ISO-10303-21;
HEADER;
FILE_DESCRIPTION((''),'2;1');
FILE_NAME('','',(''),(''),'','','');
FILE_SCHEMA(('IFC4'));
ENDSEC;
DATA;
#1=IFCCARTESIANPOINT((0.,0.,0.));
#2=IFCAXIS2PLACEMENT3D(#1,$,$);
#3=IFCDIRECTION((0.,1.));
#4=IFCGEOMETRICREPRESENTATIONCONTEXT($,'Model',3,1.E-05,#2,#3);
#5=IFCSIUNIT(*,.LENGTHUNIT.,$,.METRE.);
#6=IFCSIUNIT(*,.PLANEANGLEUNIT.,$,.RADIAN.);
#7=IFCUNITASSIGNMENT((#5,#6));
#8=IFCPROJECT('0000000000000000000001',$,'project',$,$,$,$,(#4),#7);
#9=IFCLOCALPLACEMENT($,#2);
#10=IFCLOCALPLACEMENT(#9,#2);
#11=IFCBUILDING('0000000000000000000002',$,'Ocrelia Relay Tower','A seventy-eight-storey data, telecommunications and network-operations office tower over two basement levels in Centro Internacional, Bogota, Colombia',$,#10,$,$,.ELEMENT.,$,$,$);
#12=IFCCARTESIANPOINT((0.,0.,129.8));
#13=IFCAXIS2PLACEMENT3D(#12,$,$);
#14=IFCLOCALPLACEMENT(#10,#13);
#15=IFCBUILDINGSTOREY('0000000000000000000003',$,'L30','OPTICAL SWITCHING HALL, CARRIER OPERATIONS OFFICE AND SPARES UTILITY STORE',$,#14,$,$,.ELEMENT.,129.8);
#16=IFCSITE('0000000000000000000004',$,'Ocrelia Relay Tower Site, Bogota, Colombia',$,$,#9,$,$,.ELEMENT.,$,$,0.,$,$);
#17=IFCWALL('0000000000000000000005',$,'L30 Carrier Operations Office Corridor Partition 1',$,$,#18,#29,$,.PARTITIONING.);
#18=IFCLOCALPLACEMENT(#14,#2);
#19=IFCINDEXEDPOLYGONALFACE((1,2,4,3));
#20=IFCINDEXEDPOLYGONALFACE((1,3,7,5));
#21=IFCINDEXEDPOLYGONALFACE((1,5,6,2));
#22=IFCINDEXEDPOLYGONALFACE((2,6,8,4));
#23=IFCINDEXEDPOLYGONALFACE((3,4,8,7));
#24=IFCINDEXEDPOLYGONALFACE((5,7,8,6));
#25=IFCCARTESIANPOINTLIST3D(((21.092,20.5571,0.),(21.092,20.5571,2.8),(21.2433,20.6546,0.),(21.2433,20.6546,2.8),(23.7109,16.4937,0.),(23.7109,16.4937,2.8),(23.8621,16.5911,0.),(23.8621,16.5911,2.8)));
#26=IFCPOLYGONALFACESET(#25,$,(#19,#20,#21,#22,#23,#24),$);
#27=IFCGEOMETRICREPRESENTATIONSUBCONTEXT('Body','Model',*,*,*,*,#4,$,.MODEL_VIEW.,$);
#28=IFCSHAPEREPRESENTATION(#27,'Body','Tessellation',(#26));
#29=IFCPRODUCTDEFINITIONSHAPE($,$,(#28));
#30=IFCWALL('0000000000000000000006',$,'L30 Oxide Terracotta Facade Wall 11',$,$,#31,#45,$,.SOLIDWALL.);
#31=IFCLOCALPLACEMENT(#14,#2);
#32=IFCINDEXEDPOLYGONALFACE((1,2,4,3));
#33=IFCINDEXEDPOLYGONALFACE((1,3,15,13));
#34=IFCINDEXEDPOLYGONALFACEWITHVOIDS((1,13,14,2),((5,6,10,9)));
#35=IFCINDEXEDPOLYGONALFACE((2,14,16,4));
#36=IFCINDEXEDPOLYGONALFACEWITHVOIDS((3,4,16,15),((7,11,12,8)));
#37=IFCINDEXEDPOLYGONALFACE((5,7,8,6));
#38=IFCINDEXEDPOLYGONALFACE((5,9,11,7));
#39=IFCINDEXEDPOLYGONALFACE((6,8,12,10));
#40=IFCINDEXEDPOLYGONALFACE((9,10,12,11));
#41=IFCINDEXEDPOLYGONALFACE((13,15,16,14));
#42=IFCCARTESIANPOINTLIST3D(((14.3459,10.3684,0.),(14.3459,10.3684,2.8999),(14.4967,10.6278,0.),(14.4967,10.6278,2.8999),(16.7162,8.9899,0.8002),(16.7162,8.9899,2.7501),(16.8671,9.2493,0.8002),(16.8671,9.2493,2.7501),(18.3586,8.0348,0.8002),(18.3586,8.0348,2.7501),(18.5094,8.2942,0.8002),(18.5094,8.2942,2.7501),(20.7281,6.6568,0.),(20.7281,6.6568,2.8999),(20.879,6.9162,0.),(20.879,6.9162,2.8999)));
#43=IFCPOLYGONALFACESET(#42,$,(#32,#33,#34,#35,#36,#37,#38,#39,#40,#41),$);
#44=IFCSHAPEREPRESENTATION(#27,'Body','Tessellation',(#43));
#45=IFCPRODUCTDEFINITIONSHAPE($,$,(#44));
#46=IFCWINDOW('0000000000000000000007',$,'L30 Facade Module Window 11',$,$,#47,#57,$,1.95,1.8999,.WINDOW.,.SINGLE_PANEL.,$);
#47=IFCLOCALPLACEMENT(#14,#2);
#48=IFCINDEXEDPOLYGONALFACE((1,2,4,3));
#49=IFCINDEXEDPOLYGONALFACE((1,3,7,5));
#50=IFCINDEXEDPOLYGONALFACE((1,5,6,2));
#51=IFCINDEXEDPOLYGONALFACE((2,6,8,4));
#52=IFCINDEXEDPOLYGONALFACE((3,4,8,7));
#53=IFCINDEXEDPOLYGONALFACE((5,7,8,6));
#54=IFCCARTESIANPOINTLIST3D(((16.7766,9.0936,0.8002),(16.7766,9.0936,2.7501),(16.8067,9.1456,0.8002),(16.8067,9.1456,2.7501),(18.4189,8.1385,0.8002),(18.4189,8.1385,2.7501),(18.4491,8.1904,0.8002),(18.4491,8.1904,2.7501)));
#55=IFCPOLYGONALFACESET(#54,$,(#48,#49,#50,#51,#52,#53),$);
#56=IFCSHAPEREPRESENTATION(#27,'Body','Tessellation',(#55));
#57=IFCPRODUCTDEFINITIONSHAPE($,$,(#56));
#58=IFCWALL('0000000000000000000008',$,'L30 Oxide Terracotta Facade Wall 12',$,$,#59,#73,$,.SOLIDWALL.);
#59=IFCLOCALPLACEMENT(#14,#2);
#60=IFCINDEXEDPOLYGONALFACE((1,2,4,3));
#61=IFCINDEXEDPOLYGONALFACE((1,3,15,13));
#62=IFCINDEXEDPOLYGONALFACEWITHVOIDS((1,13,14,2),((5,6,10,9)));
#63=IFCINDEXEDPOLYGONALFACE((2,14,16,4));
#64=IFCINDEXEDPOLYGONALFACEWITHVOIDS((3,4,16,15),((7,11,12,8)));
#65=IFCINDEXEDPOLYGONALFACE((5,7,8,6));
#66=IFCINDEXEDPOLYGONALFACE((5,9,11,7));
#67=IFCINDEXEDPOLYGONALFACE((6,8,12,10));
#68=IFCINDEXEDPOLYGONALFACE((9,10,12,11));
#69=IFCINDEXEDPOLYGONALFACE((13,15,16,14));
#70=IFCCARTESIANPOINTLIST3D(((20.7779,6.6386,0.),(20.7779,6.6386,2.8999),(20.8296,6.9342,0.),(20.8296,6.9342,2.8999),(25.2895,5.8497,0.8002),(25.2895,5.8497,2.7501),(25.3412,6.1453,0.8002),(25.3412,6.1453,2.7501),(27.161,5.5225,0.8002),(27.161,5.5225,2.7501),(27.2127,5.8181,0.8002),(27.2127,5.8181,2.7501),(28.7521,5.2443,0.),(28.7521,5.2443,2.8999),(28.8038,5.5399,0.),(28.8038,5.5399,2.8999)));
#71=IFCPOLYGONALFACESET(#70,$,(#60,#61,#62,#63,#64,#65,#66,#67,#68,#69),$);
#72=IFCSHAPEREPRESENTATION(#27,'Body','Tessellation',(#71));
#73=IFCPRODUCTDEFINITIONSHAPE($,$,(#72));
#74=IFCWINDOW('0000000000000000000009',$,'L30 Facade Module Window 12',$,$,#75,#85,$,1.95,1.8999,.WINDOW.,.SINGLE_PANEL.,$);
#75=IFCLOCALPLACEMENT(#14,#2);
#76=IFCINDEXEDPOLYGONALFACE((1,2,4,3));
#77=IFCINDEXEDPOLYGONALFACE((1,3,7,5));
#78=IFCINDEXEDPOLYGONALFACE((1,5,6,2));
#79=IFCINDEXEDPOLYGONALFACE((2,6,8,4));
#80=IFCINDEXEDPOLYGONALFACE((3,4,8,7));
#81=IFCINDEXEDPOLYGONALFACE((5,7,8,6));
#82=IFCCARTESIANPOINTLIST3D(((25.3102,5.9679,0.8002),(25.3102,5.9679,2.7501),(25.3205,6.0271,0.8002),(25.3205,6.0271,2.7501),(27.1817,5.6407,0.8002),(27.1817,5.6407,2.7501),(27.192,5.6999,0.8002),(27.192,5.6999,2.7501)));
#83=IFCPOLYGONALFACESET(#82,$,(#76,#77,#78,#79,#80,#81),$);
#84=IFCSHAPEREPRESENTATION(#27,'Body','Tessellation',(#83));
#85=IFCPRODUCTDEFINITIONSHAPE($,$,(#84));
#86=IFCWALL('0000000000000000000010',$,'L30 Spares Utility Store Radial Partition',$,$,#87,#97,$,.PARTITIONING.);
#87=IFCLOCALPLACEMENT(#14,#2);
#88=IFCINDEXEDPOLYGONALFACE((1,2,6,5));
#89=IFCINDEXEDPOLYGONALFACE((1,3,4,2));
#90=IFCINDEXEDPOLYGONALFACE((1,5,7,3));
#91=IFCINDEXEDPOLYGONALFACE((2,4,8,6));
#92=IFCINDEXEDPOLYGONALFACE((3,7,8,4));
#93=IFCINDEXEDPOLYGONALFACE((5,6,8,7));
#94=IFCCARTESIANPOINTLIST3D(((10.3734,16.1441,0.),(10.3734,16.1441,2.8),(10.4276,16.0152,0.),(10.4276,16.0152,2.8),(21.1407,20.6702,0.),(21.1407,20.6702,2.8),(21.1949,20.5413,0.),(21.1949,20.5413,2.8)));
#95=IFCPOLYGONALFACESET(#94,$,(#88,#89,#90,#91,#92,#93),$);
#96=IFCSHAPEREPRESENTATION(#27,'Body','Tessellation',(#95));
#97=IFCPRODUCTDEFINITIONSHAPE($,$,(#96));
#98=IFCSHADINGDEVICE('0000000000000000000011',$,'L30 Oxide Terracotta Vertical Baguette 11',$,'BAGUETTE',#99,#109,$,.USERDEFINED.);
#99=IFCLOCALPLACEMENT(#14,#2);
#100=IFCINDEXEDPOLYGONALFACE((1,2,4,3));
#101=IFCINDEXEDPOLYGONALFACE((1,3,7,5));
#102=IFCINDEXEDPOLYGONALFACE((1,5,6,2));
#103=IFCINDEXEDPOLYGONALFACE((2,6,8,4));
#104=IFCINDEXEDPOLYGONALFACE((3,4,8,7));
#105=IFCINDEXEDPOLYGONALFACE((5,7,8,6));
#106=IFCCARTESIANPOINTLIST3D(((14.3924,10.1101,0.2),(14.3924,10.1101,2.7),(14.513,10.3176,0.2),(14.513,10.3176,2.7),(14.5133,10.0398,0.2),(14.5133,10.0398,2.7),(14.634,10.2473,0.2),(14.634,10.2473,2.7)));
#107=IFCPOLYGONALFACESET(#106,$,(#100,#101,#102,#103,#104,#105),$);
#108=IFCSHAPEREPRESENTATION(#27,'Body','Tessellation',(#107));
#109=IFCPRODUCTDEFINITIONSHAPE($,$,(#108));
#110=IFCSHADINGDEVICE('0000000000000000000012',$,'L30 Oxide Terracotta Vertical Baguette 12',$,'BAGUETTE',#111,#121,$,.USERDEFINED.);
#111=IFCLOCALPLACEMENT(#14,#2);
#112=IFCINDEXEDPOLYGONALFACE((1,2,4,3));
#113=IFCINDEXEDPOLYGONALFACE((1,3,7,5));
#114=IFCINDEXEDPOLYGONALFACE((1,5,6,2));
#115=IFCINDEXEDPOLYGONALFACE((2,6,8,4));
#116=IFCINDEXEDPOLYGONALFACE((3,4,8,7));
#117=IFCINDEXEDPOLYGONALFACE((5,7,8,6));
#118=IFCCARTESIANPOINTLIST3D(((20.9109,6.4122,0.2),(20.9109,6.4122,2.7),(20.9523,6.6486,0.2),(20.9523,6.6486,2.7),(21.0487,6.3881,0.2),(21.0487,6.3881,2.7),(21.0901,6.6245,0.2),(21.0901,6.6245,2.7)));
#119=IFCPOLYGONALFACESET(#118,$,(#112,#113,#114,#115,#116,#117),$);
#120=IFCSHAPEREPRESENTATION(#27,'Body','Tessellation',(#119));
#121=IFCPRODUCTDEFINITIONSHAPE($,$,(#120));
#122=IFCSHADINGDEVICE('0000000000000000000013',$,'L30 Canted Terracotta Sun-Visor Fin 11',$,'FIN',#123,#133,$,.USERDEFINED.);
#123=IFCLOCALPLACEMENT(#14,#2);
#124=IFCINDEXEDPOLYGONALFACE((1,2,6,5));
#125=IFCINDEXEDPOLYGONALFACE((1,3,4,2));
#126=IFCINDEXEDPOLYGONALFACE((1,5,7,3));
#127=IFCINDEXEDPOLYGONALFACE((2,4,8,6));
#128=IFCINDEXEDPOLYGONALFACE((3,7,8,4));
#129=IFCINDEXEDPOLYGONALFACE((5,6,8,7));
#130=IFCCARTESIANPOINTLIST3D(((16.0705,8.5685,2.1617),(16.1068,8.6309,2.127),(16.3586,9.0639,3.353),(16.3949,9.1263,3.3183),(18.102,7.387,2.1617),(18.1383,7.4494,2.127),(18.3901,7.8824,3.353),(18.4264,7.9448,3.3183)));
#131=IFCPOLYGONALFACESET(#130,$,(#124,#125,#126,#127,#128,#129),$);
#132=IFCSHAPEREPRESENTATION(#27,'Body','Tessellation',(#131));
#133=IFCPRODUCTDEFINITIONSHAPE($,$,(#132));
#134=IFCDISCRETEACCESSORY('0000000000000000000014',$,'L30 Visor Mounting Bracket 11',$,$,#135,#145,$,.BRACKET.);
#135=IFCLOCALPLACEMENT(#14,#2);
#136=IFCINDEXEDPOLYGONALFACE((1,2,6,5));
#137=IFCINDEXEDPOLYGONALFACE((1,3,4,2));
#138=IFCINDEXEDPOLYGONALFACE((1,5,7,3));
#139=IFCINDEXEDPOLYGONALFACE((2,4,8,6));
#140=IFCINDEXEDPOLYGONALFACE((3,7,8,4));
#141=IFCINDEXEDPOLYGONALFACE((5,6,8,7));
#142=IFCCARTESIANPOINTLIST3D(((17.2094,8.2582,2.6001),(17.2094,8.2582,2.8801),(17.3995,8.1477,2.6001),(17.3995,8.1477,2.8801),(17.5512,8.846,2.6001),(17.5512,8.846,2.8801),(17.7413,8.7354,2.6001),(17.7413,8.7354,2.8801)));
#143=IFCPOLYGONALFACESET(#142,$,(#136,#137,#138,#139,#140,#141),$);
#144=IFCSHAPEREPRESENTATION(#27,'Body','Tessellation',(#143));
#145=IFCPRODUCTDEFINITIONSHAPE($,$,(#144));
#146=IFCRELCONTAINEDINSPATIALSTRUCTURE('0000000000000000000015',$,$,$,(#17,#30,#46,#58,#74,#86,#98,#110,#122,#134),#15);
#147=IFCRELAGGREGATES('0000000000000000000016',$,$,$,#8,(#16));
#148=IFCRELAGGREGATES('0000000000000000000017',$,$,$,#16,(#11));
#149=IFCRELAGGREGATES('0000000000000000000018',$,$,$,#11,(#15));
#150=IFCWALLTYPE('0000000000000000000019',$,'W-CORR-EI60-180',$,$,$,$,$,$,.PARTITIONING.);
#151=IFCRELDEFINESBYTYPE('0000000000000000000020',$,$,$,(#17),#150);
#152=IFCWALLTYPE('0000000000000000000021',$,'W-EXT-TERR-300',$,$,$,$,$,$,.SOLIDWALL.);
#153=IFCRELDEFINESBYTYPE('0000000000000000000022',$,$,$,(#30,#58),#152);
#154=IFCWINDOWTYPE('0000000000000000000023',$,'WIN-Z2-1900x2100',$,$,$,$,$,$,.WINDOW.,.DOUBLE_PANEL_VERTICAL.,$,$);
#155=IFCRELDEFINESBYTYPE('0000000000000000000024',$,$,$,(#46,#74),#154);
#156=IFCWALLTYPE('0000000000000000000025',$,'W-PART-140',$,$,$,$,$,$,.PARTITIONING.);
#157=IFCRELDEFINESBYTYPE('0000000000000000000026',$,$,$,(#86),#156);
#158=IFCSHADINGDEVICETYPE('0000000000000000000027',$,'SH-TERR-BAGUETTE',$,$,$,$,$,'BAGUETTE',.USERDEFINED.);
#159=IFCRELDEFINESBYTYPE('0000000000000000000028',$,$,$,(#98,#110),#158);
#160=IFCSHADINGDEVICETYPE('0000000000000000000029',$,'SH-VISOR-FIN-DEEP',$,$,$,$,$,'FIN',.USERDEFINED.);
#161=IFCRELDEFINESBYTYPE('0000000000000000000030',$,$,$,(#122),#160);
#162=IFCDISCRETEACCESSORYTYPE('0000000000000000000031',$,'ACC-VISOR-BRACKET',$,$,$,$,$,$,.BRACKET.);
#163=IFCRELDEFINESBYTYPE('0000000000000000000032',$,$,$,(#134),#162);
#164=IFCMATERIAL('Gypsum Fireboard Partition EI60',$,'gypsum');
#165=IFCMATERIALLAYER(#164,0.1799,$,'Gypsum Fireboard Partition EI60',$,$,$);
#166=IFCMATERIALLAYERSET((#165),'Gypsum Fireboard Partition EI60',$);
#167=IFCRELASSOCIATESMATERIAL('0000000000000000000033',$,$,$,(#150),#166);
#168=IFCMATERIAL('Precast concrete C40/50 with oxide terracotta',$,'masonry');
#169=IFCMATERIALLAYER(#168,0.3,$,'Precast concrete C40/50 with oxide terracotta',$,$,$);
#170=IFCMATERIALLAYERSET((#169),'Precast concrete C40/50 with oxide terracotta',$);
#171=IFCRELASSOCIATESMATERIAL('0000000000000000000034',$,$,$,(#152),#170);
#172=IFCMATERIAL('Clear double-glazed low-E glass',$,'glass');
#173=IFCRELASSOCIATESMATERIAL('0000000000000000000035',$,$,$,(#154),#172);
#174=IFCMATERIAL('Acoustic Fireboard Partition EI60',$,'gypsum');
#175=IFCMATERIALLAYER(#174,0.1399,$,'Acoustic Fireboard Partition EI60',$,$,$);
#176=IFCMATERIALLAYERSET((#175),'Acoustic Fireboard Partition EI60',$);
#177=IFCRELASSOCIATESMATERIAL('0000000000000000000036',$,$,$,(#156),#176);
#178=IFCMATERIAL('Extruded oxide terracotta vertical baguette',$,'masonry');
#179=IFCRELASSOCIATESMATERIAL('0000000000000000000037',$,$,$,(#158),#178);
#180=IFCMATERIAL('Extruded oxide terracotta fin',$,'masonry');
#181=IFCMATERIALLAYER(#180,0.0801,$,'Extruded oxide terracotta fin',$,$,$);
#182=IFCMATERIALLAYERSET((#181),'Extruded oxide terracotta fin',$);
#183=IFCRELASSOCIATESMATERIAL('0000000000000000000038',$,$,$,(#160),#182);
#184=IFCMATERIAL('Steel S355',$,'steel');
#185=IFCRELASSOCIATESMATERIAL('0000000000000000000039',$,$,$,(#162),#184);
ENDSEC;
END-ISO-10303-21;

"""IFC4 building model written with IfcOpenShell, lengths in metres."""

from ifc_helpers import new_model, si_unit, direction, frame, frame_2d, origin, origin_2d, place, context, subcontext, project, spatial, rectangle, extrude, material, layer, layer_set, type_object, element, fill, save


model = new_model("IFC4")

# Units and contexts
model_context = context("Model", 3, precision=1e-05, world=origin(), true_north=direction((0.0, 1.0)))
body_context = subcontext(model_context, "Body", "Model", "MODEL_VIEW")
ifc_project = project(units=[si_unit("LENGTHUNIT", "METRE"), si_unit("PLANEANGLEUNIT", "RADIAN")], contexts=[model_context])

# Site, building, storey
site_placement = place(None, origin())
site = spatial("IfcSite", under=ifc_project, at=site_placement, Name="Ocrelia Relay Tower Site, Bogota, Colombia", CompositionType="ELEMENT", RefElevation=0.0)
building_placement = place(site_placement, origin())
building = spatial("IfcBuilding", under=site, at=building_placement, Name="Ocrelia Relay Tower", Description="A seventy-eight-storey data, telecommunications and network-operations office tower over two basement levels in Centro Internacional, Bogota, Colombia", CompositionType="ELEMENT")
storey_placement = place(building_placement, frame((0.0, 0.0, 129.8)))
storey = spatial("IfcBuildingStorey", under=building, at=storey_placement, Name="L30", Description="OPTICAL SWITCHING HALL, CARRIER OPERATIONS OFFICE AND SPARES UTILITY STORE", CompositionType="ELEMENT", Elevation=129.8)

# Shared definitions
ifc_material_1 = material(Name="Steel S355", Category="steel")

# Shared definitions
ifc_material_2 = material(Name="Clear double-glazed low-E glass", Category="glass")

# Wall
ifc_material_3 = material(Name="Gypsum Fireboard Partition EI60", Category="gypsum")
ifc_layer_1 = layer(ifc_material_3, 0.1799, Name="Gypsum Fireboard Partition EI60")
ifc_layer_set_1 = layer_set([ifc_layer_1], Name="Gypsum Fireboard Partition EI60")
wall_type_1 = type_object("IfcWallType", Name="W-CORR-EI60-180", PredefinedType="PARTITIONING", material=ifc_layer_set_1)
wall_1_placement = place(storey_placement, frame((21.1677, 20.6057, 0.0), z_axis=(0.0, 0.0, 1.0), x_axis=(0.541732, -0.840551, 0.0)))
element("IfcWall", 1, at=wall_1_placement, inside=storey, type_object=wall_type_1, Name="L30 Carrier Operations Office Corridor Partition 1", PredefinedType="PARTITIONING", context=body_context, shape_type="SweptSolid", body=[
    extrude(rectangle(XDim=4.8342, YDim=0.1799, at=frame_2d((2.417, 0.0))), origin(), (0.0, 0.0, 1.0), 2.8),
])

# Walls, openings, windows
ifc_material_4 = material(Name="Precast concrete C40/50 with oxide terracotta", Category="masonry")
ifc_layer_2 = layer(ifc_material_4, 0.3, Name="Precast concrete C40/50 with oxide terracotta")
ifc_layer_set_2 = layer_set([ifc_layer_2], Name="Precast concrete C40/50 with oxide terracotta")
wall_type_2 = type_object("IfcWallType", Name="W-EXT-TERR-300", PredefinedType="SOLIDWALL", material=ifc_layer_set_2)
wall_2_placement = place(storey_placement, frame((14.4214, 10.498, 0.0), z_axis=(0.0, 0.0, 1.0), x_axis=(0.864447, -0.502723, 0.0)))
wall_2 = element("IfcWall", 2, at=wall_2_placement, inside=storey, type_object=wall_type_2, Name="L30 Oxide Terracotta Facade Wall 11", PredefinedType="SOLIDWALL", context=body_context, shape_type="SweptSolid", body=[
    extrude(rectangle(XDim=7.3831, YDim=0.3, at=frame_2d((3.6914, 0.0))), origin(), (0.0, 0.0, 1.0), 2.8999),
])
opening_1_placement = place(wall_2_placement, frame((2.7419, 0.0, 0.8)))
opening_1 = element("IfcOpeningElement", 3, at=opening_1_placement, cuts=wall_2, PredefinedType="OPENING", context=body_context, shape_type="SweptSolid", body=[
    extrude(rectangle(XDim=1.8999, YDim=1.95, at=frame_2d((0.95, 0.9751))), frame((0.0, 0.1602, 0.0), z_axis=(0.0, -1.0, 0.0), x_axis=(1.0, 0.0, 0.0)), (0.0, 0.0, 1.0), 0.3201),
])
window_type = type_object("IfcWindowType", Name="WIN-Z2-1900x2100", PartitioningType="DOUBLE_PANEL_VERTICAL", PredefinedType="WINDOW", material=ifc_material_2)
window_1_placement = place(opening_1_placement, origin())
window_1 = element("IfcWindow", 4, at=window_1_placement, inside=storey, type_object=window_type, Name="L30 Facade Module Window 11", OverallHeight=1.95, OverallWidth=1.8999, PartitioningType="SINGLE_PANEL", PredefinedType="WINDOW", context=body_context, shape_type="SweptSolid", body=[
    extrude(rectangle(XDim=1.8999, YDim=1.95, at=frame_2d((0.95, 0.9751))), frame((0.0, 0.03, 0.0), z_axis=(0.0, -1.0, 0.0), x_axis=(1.0, 0.0, 0.0)), (0.0, 0.0, 1.0), 0.0601),
])
fill(opening_1, window_1)
wall_3_placement = place(storey_placement, frame((20.8037, 6.7864, 0.0), z_axis=(0.0, 0.0, 1.0), x_axis=(0.985055, -0.172238, 0.0)))
wall_3 = element("IfcWall", 5, at=wall_3_placement, inside=storey, type_object=wall_type_2, Name="L30 Oxide Terracotta Facade Wall 12", PredefinedType="SOLIDWALL", context=body_context, shape_type="SweptSolid", body=[
    extrude(rectangle(XDim=8.0952, YDim=0.3, at=frame_2d((4.0476, 0.0))), origin(), (0.0, 0.0, 1.0), 2.8999),
])
opening_2_placement = place(wall_3_placement, frame((4.5801, 0.0, 0.8)))
opening_2 = element("IfcOpeningElement", 6, at=opening_2_placement, cuts=wall_3, PredefinedType="OPENING", context=body_context, shape_type="SweptSolid", body=[
    extrude(rectangle(XDim=1.8999, YDim=1.95, at=frame_2d((0.95, 0.9751))), frame((0.0, 0.1602, 0.0), z_axis=(0.0, -1.0, 0.0), x_axis=(1.0, 0.0, 0.0)), (0.0, 0.0, 1.0), 0.3201),
])
window_2_placement = place(opening_2_placement, origin())
window_2 = element("IfcWindow", 7, at=window_2_placement, inside=storey, type_object=window_type, Name="L30 Facade Module Window 12", OverallHeight=1.95, OverallWidth=1.8999, PartitioningType="SINGLE_PANEL", PredefinedType="WINDOW", context=body_context, shape_type="SweptSolid", body=[
    extrude(rectangle(XDim=1.8999, YDim=1.95, at=frame_2d((0.95, 0.9751))), frame((0.0, 0.03, 0.0), z_axis=(0.0, -1.0, 0.0), x_axis=(1.0, 0.0, 0.0)), (0.0, 0.0, 1.0), 0.0601),
])
fill(opening_2, window_2)

# Wall
ifc_material_5 = material(Name="Acoustic Fireboard Partition EI60", Category="gypsum")
ifc_layer_3 = layer(ifc_material_5, 0.1399, Name="Acoustic Fireboard Partition EI60")
ifc_layer_set_3 = layer_set([ifc_layer_3], Name="Acoustic Fireboard Partition EI60")
wall_type_3 = type_object("IfcWallType", Name="W-PART-140", PredefinedType="PARTITIONING", material=ifc_layer_set_3)
wall_4_placement = place(storey_placement, frame((21.1677, 20.6057, 0.0), z_axis=(0.0, 0.0, 1.0), x_axis=(-0.921865, -0.387512, 0.0)))
element("IfcWall", 8, at=wall_4_placement, inside=storey, type_object=wall_type_3, Name="L30 Spares Utility Store Radial Partition", PredefinedType="PARTITIONING", context=body_context, shape_type="SweptSolid", body=[
    extrude(rectangle(XDim=11.6799, YDim=0.1399, at=frame_2d((5.8398, 0.0))), origin(), (0.0, 0.0, 1.0), 2.8),
])

# Shading devices
ifc_material_6 = material(Name="Extruded oxide terracotta vertical baguette", Category="masonry")
shading_device_type_1 = type_object("IfcShadingDeviceType", Name="SH-TERR-BAGUETTE", ElementType="BAGUETTE", PredefinedType="USERDEFINED", material=ifc_material_6)
for number, where, z_axis, x_axis, name in (
    (9, (14.5132, 10.1787, 0.2), (0.0, 0.0, 1.0), (0.864446, -0.502726, 0.0), "L30 Oxide Terracotta Vertical Baguette 11"),
    (10, (21.0005, 6.5183, 0.2), (0.0, 0.0, 1.0), (0.985055, -0.17224, 0.0), "L30 Oxide Terracotta Vertical Baguette 12"),
):
    element("IfcShadingDevice", number, at=place(storey_placement, frame(where, z_axis=z_axis, x_axis=x_axis)), inside=storey, type_object=shading_device_type_1, Name=name, ObjectType="BAGUETTE", PredefinedType="USERDEFINED", context=body_context, shape_type="SweptSolid", body=[
        extrude(rectangle(XDim=0.1399, YDim=0.24, at=origin_2d()), origin(), (0.0, 0.0, 1.0), 2.5),
    ])
ifc_material_7 = material(Name="Extruded oxide terracotta fin", Category="masonry")
ifc_layer_4 = layer(ifc_material_7, 0.0801, Name="Extruded oxide terracotta fin")
ifc_layer_set_4 = layer_set([ifc_layer_4], Name="Extruded oxide terracotta fin")
shading_device_type_2 = type_object("IfcShadingDeviceType", Name="SH-VISOR-FIN-DEEP", ElementType="FIN", PredefinedType="USERDEFINED", material=ifc_layer_set_4)
shading_device_placement = place(storey_placement, frame((17.2666, 8.2878, 2.7227), z_axis=(-0.453033, -0.778998, 0.433502), x_axis=(0.864446, -0.502726, 0.0)))
element("IfcShadingDevice", 11, at=shading_device_placement, inside=storey, type_object=shading_device_type_2, Name="L30 Canted Terracotta Sun-Visor Fin 11", ObjectType="FIN", PredefinedType="USERDEFINED", context=body_context, shape_type="SweptSolid", body=[
    extrude(rectangle(XDim=2.3501, YDim=1.322, at=origin_2d()), origin(), (0.0, 0.0, 1.0), 0.0801),
])

# Discrete accessory
discrete_accessory_type = type_object("IfcDiscreteAccessoryType", Name="ACC-VISOR-BRACKET", PredefinedType="BRACKET", material=ifc_material_1)
discrete_accessory_placement = place(storey_placement, frame((17.4753, 8.4968, 2.6001), z_axis=(0.0, 0.0, 1.0), x_axis=(0.864446, -0.502726, 0.0)))
element("IfcDiscreteAccessory", 12, at=discrete_accessory_placement, inside=storey, type_object=discrete_accessory_type, Name="L30 Visor Mounting Bracket 11", PredefinedType="BRACKET", context=body_context, shape_type="SweptSolid", body=[
    extrude(rectangle(XDim=0.22, YDim=0.6799, at=origin_2d()), origin(), (0.0, 0.0, 1.0), 0.28),
])

save(model, "model.ifc")
